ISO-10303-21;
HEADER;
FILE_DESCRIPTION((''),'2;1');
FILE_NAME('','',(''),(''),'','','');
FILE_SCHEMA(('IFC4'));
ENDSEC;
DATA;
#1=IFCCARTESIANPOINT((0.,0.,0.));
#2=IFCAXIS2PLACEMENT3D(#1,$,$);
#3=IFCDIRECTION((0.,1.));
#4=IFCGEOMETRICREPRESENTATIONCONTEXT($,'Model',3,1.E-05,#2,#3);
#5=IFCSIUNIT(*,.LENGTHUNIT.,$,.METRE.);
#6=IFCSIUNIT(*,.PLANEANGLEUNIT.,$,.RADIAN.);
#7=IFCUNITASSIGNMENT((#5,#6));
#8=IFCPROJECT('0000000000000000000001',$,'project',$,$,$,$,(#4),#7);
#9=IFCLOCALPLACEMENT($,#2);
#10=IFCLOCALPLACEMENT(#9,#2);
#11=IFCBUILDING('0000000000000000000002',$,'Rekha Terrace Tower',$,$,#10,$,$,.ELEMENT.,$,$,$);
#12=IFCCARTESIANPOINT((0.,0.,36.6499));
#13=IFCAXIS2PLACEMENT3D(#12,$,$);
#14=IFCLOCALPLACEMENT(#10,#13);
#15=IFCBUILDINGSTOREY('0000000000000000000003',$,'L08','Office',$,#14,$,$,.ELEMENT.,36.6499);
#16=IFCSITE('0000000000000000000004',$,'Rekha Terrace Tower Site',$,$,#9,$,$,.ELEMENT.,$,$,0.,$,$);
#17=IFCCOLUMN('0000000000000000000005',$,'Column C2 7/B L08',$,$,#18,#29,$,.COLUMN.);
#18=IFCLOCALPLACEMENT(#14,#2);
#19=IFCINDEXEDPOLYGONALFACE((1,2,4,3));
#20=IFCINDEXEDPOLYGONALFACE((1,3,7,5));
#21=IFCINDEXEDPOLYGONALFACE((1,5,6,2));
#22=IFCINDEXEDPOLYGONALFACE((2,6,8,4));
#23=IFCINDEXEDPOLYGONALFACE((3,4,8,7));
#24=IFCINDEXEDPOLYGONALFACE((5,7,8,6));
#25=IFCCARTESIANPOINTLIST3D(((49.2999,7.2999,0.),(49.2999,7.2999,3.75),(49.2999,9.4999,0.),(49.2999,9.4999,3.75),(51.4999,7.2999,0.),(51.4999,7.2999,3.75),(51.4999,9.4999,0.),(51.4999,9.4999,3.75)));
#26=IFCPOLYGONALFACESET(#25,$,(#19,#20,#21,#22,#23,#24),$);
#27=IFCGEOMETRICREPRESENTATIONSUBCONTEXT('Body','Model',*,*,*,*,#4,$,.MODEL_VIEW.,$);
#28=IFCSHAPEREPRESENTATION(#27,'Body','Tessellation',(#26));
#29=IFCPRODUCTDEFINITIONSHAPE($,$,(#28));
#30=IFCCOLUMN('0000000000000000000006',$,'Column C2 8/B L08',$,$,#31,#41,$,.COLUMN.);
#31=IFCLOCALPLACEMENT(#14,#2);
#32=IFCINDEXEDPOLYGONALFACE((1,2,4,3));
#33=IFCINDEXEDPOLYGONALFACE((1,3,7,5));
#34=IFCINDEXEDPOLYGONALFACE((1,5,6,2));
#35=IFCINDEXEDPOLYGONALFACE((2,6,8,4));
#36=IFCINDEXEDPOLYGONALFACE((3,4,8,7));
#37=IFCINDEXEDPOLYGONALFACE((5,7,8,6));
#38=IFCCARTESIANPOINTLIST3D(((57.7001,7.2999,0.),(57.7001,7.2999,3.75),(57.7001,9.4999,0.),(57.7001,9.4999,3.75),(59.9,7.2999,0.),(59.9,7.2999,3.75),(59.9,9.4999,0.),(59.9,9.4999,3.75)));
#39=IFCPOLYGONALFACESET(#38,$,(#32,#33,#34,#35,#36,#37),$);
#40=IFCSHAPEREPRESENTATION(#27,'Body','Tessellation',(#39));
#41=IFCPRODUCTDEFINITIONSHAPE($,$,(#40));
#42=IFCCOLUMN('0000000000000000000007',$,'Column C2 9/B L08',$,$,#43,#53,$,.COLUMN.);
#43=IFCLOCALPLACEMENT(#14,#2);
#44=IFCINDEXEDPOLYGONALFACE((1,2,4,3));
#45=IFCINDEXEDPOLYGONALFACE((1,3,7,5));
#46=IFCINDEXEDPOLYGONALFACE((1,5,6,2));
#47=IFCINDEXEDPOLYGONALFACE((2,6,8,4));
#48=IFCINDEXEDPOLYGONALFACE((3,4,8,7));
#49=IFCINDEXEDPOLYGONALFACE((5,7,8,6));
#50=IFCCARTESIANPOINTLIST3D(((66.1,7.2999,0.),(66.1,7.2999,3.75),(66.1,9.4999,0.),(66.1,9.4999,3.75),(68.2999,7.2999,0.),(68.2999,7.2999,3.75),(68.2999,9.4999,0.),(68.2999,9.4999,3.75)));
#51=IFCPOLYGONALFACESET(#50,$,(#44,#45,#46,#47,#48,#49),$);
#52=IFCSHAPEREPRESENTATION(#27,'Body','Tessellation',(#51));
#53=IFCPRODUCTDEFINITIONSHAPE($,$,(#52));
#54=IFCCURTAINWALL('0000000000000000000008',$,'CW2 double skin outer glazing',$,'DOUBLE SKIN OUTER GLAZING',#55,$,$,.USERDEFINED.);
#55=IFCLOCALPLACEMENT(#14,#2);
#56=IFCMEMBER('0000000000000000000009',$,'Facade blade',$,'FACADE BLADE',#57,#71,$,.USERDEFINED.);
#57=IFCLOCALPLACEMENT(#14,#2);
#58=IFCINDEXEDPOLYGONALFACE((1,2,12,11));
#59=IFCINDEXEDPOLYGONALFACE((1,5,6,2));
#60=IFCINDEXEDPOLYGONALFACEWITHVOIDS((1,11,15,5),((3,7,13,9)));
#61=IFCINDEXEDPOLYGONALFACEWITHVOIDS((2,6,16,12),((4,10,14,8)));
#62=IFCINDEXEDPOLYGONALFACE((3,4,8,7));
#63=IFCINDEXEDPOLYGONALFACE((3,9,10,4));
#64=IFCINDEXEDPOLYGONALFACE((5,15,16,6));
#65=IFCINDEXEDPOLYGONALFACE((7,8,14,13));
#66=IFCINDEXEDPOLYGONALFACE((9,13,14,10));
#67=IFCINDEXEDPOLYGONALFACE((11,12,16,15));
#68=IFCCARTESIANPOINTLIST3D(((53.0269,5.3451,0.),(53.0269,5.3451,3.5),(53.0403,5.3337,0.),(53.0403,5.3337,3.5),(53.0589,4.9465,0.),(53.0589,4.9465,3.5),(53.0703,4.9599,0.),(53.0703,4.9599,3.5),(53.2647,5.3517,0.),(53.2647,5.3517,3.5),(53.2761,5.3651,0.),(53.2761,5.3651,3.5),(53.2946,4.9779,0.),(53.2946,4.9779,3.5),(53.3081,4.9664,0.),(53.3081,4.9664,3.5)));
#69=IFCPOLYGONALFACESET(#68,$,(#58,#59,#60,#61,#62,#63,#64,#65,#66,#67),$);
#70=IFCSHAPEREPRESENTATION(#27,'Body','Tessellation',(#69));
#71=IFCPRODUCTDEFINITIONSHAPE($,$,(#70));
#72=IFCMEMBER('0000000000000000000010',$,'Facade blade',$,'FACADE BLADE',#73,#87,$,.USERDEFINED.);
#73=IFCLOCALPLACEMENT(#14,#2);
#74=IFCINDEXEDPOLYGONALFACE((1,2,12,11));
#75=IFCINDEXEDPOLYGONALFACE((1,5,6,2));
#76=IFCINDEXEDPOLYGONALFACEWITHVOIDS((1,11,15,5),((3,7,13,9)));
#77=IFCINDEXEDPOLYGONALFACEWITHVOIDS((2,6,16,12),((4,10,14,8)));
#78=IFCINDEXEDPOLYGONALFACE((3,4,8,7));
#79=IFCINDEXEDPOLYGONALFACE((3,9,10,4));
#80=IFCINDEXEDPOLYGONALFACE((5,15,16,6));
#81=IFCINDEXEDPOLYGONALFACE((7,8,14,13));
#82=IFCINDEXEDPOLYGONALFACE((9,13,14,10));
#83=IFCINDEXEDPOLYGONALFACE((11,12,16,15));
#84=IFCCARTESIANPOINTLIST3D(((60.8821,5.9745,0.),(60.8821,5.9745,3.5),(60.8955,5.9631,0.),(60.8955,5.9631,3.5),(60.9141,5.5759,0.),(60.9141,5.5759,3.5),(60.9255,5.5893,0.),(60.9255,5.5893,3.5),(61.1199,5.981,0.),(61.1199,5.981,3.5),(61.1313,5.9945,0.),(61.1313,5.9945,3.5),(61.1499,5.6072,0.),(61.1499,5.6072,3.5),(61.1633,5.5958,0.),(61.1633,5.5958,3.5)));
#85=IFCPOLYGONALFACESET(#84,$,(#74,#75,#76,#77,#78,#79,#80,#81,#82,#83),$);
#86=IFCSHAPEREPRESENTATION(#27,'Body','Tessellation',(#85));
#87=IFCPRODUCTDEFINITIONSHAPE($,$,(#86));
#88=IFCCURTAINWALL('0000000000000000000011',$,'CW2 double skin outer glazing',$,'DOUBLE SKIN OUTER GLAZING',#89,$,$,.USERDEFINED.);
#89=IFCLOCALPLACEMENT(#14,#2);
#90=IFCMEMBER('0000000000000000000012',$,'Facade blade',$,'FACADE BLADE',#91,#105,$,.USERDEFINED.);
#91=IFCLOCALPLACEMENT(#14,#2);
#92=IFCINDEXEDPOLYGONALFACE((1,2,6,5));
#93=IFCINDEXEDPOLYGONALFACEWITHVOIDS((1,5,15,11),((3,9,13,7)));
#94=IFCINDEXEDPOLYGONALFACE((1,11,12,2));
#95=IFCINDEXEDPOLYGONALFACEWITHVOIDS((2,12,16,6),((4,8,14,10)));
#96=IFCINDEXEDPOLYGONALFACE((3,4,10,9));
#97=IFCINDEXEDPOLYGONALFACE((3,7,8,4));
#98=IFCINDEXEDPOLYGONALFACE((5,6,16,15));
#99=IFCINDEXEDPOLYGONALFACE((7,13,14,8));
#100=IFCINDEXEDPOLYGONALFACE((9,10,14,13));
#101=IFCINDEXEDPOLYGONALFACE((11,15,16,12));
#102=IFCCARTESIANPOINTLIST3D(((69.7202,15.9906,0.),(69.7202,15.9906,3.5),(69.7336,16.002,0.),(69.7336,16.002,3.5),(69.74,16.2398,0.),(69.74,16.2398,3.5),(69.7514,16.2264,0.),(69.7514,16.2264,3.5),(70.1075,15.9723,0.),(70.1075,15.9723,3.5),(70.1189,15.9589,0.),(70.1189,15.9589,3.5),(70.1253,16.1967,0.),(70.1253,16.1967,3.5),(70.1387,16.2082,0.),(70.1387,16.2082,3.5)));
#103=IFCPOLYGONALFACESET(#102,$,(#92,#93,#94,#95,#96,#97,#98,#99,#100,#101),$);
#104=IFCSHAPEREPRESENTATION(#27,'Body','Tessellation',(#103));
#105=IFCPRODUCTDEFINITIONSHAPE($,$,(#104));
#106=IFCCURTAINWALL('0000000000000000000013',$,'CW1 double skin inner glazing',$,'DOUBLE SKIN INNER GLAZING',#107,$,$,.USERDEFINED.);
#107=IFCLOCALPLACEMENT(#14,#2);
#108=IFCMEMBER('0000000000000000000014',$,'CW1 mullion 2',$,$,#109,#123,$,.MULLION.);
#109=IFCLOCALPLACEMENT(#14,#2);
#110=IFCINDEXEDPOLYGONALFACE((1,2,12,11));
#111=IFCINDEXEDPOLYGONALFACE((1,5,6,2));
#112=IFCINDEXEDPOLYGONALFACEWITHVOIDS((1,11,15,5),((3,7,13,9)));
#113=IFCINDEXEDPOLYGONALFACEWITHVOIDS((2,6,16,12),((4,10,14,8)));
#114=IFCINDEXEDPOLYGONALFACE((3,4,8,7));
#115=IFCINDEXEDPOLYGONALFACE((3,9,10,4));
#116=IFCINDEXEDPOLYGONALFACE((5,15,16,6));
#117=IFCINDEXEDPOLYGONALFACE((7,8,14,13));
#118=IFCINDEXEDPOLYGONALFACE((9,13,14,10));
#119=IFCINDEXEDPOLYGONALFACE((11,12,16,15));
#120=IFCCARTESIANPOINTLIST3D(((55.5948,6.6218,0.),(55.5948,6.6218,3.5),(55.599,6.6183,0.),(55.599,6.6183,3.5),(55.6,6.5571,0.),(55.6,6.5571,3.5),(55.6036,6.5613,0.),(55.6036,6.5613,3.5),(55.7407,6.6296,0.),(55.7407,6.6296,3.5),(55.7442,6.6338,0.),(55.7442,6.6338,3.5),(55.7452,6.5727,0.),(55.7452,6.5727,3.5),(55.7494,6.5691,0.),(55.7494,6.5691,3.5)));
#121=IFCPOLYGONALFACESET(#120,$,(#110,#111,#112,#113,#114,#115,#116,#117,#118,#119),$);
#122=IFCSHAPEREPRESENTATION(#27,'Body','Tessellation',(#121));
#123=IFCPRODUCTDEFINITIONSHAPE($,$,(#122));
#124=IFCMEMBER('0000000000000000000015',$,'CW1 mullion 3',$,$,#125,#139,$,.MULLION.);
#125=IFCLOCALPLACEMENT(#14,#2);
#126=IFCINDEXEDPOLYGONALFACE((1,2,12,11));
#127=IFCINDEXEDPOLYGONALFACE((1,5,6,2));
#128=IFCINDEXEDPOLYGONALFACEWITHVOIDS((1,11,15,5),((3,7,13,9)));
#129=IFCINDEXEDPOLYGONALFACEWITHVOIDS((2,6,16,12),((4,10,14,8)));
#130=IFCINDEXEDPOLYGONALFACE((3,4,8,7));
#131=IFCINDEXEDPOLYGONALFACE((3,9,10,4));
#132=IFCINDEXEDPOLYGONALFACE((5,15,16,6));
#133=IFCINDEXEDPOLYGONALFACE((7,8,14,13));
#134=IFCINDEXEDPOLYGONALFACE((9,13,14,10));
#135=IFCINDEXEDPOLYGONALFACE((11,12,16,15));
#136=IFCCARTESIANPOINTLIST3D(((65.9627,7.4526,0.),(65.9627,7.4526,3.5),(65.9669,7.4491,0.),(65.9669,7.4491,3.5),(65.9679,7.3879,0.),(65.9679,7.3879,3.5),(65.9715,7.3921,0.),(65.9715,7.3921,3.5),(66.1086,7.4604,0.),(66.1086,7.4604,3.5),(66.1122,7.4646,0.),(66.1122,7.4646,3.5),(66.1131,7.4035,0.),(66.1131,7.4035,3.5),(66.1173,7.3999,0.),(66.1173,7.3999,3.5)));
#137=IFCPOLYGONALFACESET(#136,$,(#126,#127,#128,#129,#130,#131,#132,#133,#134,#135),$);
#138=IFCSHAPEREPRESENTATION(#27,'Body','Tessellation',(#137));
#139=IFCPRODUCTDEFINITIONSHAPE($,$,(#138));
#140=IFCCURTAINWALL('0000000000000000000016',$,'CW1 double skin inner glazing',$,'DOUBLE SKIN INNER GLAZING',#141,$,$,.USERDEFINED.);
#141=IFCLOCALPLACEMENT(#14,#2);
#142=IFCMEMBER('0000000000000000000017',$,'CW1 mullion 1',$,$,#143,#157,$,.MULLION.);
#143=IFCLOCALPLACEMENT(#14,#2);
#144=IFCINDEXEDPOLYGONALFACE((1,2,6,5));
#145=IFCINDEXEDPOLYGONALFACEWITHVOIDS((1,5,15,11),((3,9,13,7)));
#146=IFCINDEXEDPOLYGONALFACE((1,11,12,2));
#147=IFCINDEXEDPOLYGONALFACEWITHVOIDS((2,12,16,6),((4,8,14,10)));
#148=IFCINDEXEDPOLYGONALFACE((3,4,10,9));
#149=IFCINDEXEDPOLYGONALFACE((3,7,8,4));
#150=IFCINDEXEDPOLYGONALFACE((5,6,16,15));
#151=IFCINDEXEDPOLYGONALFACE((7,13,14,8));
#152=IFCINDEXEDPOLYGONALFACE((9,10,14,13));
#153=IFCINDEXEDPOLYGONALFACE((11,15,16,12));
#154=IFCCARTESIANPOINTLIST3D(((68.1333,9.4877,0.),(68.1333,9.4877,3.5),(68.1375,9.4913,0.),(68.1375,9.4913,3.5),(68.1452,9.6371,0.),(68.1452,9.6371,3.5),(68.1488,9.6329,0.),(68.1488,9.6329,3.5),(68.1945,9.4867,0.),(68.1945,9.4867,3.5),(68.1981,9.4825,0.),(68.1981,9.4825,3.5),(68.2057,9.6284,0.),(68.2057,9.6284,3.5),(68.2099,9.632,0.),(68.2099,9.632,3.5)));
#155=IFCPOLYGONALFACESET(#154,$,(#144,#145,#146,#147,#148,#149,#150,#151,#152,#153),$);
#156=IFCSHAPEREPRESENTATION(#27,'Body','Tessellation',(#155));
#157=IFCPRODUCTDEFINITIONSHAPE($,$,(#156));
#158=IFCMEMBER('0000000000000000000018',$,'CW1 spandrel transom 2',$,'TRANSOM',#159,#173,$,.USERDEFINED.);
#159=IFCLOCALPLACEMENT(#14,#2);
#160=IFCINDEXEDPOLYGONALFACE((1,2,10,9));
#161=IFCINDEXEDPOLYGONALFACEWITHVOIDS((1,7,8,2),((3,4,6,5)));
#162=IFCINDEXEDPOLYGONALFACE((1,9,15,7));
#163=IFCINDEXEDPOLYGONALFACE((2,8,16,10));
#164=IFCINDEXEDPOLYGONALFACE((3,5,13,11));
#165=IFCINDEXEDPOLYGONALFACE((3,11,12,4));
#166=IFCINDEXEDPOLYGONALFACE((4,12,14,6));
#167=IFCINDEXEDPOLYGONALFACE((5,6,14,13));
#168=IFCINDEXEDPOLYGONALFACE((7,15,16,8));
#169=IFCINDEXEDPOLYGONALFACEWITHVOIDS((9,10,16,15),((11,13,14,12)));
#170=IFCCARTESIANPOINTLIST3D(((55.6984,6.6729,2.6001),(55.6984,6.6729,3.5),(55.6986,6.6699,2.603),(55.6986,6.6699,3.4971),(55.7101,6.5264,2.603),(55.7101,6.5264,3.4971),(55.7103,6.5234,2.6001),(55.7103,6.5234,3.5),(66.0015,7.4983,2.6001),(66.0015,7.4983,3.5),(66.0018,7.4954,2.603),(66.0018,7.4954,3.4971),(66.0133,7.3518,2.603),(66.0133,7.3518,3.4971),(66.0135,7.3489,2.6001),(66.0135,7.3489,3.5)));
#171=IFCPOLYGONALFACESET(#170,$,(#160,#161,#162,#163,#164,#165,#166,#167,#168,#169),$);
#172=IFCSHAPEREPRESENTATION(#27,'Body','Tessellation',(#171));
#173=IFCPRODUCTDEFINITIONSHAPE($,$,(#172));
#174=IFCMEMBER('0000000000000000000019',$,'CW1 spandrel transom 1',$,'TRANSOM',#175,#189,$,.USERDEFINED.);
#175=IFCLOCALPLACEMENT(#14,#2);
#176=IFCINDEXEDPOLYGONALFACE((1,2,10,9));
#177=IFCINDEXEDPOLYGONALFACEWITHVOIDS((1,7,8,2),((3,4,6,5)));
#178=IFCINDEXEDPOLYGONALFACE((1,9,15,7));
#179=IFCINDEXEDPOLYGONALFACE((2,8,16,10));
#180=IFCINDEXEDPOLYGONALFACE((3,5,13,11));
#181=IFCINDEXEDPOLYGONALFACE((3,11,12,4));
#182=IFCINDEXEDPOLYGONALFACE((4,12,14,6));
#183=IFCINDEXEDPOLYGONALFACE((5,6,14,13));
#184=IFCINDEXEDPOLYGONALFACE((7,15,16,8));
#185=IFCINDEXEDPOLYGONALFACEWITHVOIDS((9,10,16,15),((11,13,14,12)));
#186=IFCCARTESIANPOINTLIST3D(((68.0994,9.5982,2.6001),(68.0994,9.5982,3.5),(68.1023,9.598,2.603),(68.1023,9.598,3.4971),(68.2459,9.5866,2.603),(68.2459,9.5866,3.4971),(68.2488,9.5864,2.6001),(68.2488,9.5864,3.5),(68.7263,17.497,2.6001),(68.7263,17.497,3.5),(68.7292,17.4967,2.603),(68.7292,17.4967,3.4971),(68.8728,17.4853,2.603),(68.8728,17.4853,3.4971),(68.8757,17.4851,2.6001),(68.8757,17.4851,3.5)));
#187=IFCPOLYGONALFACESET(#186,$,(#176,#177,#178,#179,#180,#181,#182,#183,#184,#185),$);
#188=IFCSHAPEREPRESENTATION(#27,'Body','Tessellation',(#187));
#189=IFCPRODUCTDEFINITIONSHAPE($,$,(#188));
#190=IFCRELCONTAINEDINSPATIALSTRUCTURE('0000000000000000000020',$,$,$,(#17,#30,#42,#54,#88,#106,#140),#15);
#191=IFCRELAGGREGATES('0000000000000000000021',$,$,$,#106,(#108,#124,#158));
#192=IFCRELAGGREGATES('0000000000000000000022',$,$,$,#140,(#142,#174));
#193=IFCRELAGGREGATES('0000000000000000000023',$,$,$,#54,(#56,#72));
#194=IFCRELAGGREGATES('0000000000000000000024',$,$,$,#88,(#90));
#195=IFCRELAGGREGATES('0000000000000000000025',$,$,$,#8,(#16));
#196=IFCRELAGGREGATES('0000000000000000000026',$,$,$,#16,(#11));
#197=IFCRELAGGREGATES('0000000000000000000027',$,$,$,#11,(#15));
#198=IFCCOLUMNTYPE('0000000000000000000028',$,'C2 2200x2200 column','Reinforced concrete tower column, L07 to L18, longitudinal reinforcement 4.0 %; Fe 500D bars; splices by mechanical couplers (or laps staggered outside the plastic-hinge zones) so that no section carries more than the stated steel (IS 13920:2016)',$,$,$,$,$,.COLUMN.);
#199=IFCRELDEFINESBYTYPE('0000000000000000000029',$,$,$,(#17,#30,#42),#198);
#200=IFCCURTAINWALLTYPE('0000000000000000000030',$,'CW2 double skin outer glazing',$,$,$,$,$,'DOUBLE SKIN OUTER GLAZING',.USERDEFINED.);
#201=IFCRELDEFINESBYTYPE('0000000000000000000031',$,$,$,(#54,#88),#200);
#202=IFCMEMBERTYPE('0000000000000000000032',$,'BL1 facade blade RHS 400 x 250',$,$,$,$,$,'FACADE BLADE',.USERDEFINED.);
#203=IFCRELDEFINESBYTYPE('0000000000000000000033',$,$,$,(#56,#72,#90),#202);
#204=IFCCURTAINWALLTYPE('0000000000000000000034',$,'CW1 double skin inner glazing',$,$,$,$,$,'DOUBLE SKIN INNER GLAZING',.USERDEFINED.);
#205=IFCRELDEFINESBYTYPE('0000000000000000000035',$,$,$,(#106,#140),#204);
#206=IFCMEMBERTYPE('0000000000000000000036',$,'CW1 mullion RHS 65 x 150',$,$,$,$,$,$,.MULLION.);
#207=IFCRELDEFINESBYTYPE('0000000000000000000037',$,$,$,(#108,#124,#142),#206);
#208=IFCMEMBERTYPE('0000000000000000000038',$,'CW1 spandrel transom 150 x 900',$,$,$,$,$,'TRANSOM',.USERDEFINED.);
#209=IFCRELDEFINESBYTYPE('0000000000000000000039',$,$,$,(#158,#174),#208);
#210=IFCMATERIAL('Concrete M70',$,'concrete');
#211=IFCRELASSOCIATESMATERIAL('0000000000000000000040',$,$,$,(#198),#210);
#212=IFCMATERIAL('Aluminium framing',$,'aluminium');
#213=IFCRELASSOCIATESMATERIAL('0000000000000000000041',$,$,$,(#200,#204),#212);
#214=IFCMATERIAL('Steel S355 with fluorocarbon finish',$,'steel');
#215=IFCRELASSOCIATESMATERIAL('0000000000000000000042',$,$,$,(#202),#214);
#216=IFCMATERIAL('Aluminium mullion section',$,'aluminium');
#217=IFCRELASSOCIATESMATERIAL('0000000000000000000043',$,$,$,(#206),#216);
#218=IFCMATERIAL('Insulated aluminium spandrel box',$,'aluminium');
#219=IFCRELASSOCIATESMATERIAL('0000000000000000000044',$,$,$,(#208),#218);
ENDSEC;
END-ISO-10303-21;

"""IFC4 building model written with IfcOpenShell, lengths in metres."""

from ifc_helpers import new_model, si_unit, direction, frame, origin, origin_2d, place, context, subcontext, project, spatial, rectangle, hollow_rectangle, extrude, material, material_profile, profile_set, type_object, element, aggregate, save


model = new_model("IFC4")

# Units and contexts
model_context = context("Model", 3, precision=1e-05, world=origin(), true_north=direction((0.0, 1.0)))
body_context = subcontext(model_context, "Body", "Model", "MODEL_VIEW")
ifc_project = project(units=[si_unit("LENGTHUNIT", "METRE"), si_unit("PLANEANGLEUNIT", "RADIAN")], contexts=[model_context])

# Site, building, storey
site_placement = place(None, origin())
site = spatial("IfcSite", under=ifc_project, at=site_placement, Name="Rekha Terrace Tower Site", CompositionType="ELEMENT", RefElevation=0.0)
building_placement = place(site_placement, origin())
building = spatial("IfcBuilding", under=site, at=building_placement, Name="Rekha Terrace Tower", CompositionType="ELEMENT")
storey_placement = place(building_placement, frame((0.0, 0.0, 36.6499)))
storey = spatial("IfcBuildingStorey", under=building, at=storey_placement, Name="L08", Description="Office", CompositionType="ELEMENT", Elevation=36.6499)

# Columns
ifc_material_1 = material(Name="Concrete M70", Category="concrete")
ifc_material_profile_1 = material_profile(ifc_material_1, rectangle(XDim=2.2, YDim=2.2, at=origin_2d()), Name="RC 2200x2200")
ifc_profile_set_1 = profile_set([ifc_material_profile_1], Name="Concrete M70")
column_type = type_object("IfcColumnType", Name="C2 2200x2200 column", Description="Reinforced concrete tower column, L07 to L18, longitudinal reinforcement 4.0 %; Fe 500D bars; splices by mechanical couplers (or laps staggered outside the plastic-hinge zones) so that no section carries more than the stated steel (IS 13920:2016)", PredefinedType="COLUMN", material=ifc_profile_set_1)
for number, where, z_axis, x_axis, name in (
    (1, (50.3999, 8.3999, 0.0), (0.0, 0.0, 1.0), (1.0, 0.0, 0.0), "Column C2 7/B L08"),
    (2, (58.8, 8.3999, 0.0), (0.0, 0.0, 1.0), (1.0, 0.0, 0.0), "Column C2 8/B L08"),
    (3, (67.2, 8.3999, 0.0), (0.0, 0.0, 1.0), (1.0, 0.0, 0.0), "Column C2 9/B L08"),
):
    element("IfcColumn", number, at=place(storey_placement, frame(where, z_axis=z_axis, x_axis=x_axis)), inside=storey, type_object=column_type, Name=name, PredefinedType="COLUMN", context=body_context, shape_type="SweptSolid", body=[
        extrude(rectangle(XDim=2.2, YDim=2.2, at=origin_2d()), origin(), (0.0, 0.0, 1.0), 3.75),
    ])

# Curtain wall, members
ifc_material_2 = material(Name="Aluminium framing", Category="aluminium")
curtain_wall_type_1 = type_object("IfcCurtainWallType", Name="CW2 double skin outer glazing", ElementType="DOUBLE SKIN OUTER GLAZING", PredefinedType="USERDEFINED", material=ifc_material_2)
curtain_wall_1_placement = place(storey_placement, origin())
curtain_wall_1 = element("IfcCurtainWall", 4, at=curtain_wall_1_placement, inside=storey, type_object=curtain_wall_type_1, Name="CW2 double skin outer glazing", ObjectType="DOUBLE SKIN OUTER GLAZING", PredefinedType="USERDEFINED")
ifc_material_3 = material(Name="Steel S355 with fluorocarbon finish", Category="steel")
ifc_material_profile_2 = material_profile(ifc_material_3, hollow_rectangle(XDim=0.25, YDim=0.3999, WallThickness=0.0125, at=origin_2d()), Name="RHS400x250x12.5")
ifc_profile_set_2 = profile_set([ifc_material_profile_2], Name="Steel S355 with fluorocarbon finish")
member_type_1 = type_object("IfcMemberType", Name="BL1 facade blade RHS 400 x 250", ElementType="FACADE BLADE", PredefinedType="USERDEFINED", material=ifc_profile_set_2)
member_1_placement = place(storey_placement, frame((53.1675, 5.1558, 0.0), z_axis=(0.0, 0.0, 1.0), x_axis=(0.996805, 0.079872, 0.0)))
member_1 = element("IfcMember", 5, at=member_1_placement, type_object=member_type_1, Name="Facade blade", ObjectType="FACADE BLADE", PredefinedType="USERDEFINED", context=body_context, shape_type="SweptSolid", body=[
    extrude(hollow_rectangle(XDim=0.25, YDim=0.3999, WallThickness=0.0125, at=origin_2d()), origin(), (0.0, 0.0, 1.0), 3.5),
])
member_2_placement = place(storey_placement, frame((61.0227, 5.7852, 0.0), z_axis=(0.0, 0.0, 1.0), x_axis=(0.996805, 0.079872, 0.0)))
member_2 = element("IfcMember", 6, at=member_2_placement, type_object=member_type_1, Name="Facade blade", ObjectType="FACADE BLADE", PredefinedType="USERDEFINED", context=body_context, shape_type="SweptSolid", body=[
    extrude(hollow_rectangle(XDim=0.25, YDim=0.3999, WallThickness=0.0125, at=origin_2d()), origin(), (0.0, 0.0, 1.0), 3.5),
])

# Curtain wall, member
curtain_wall_2_placement = place(storey_placement, origin())
curtain_wall_2 = element("IfcCurtainWall", 7, at=curtain_wall_2_placement, inside=storey, type_object=curtain_wall_type_1, Name="CW2 double skin outer glazing", ObjectType="DOUBLE SKIN OUTER GLAZING", PredefinedType="USERDEFINED")
member_3_placement = place(storey_placement, frame((69.9294, 16.0994, 0.0), z_axis=(0.0, 0.0, 1.0), x_axis=(0.079117, 0.996865, 0.0)))
member_3 = element("IfcMember", 8, at=member_3_placement, type_object=member_type_1, Name="Facade blade", ObjectType="FACADE BLADE", PredefinedType="USERDEFINED", context=body_context, shape_type="SweptSolid", body=[
    extrude(hollow_rectangle(XDim=0.25, YDim=0.3999, WallThickness=0.0125, at=origin_2d()), origin(), (0.0, 0.0, 1.0), 3.5),
])

# Curtain wall, members
curtain_wall_type_2 = type_object("IfcCurtainWallType", Name="CW1 double skin inner glazing", ElementType="DOUBLE SKIN INNER GLAZING", PredefinedType="USERDEFINED", material=ifc_material_2)
curtain_wall_3_placement = place(storey_placement, origin())
curtain_wall_3 = element("IfcCurtainWall", 9, at=curtain_wall_3_placement, inside=storey, type_object=curtain_wall_type_2, Name="CW1 double skin inner glazing", ObjectType="DOUBLE SKIN INNER GLAZING", PredefinedType="USERDEFINED")
ifc_material_4 = material(Name="Aluminium mullion section", Category="aluminium")
ifc_material_profile_3 = material_profile(ifc_material_4, hollow_rectangle(XDim=0.0649, YDim=0.1499, WallThickness=0.0039, at=origin_2d()), Name="AL RHS 65x150")
ifc_profile_set_3 = profile_set([ifc_material_profile_3], Name="Aluminium mullion section")
member_type_2 = type_object("IfcMemberType", Name="CW1 mullion RHS 65 x 150", PredefinedType="MULLION", material=ifc_profile_set_3)
member_4_placement = place(storey_placement, frame((55.6721, 6.5955, 0.0), z_axis=(0.0, 0.0, 1.0), x_axis=(-0.079872, 0.996805, 0.0)))
member_4 = element("IfcMember", 10, at=member_4_placement, type_object=member_type_2, Name="CW1 mullion 2", PredefinedType="MULLION", context=body_context, shape_type="SweptSolid", body=[
    extrude(hollow_rectangle(XDim=0.0649, YDim=0.1499, WallThickness=0.0039, at=origin_2d()), origin(), (0.0, 0.0, 1.0), 3.5),
])
member_5_placement = place(storey_placement, frame((66.04, 7.4263, 0.0), z_axis=(0.0, 0.0, 1.0), x_axis=(-0.079872, 0.996805, 0.0)))
member_5 = element("IfcMember", 11, at=member_5_placement, type_object=member_type_2, Name="CW1 mullion 3", PredefinedType="MULLION", context=body_context, shape_type="SweptSolid", body=[
    extrude(hollow_rectangle(XDim=0.0649, YDim=0.1499, WallThickness=0.0039, at=origin_2d()), origin(), (0.0, 0.0, 1.0), 3.5),
])

# Curtain wall, member
curtain_wall_4_placement = place(storey_placement, origin())
curtain_wall_4 = element("IfcCurtainWall", 12, at=curtain_wall_4_placement, inside=storey, type_object=curtain_wall_type_2, Name="CW1 double skin inner glazing", ObjectType="DOUBLE SKIN INNER GLAZING", PredefinedType="USERDEFINED")
member_6_placement = place(storey_placement, frame((68.1716, 9.5598, 0.0), z_axis=(0.0, 0.0, 1.0), x_axis=(-0.996865, 0.079116, 0.0)))
member_6 = element("IfcMember", 13, at=member_6_placement, type_object=member_type_2, Name="CW1 mullion 1", PredefinedType="MULLION", context=body_context, shape_type="SweptSolid", body=[
    extrude(hollow_rectangle(XDim=0.0649, YDim=0.1499, WallThickness=0.0039, at=origin_2d()), origin(), (0.0, 0.0, 1.0), 3.5),
])

# Members
ifc_material_5 = material(Name="Insulated aluminium spandrel box", Category="aluminium")
ifc_material_profile_4 = material_profile(ifc_material_5, hollow_rectangle(XDim=0.1499, YDim=0.8999, WallThickness=0.0029, at=origin_2d()), Name="AL SPANDREL BOX 150x900")
ifc_profile_set_4 = profile_set([ifc_material_profile_4], Name="Insulated aluminium spandrel box")
member_type_3 = type_object("IfcMemberType", Name="CW1 spandrel transom 150 x 900", ElementType="TRANSOM", PredefinedType="USERDEFINED", material=ifc_profile_set_4)
member_7_placement = place(storey_placement, frame((55.7043, 6.5981, 3.05), z_axis=(0.996806, 0.079859, 0.0), x_axis=(-0.079859, 0.996806, 0.0)))
member_7 = element("IfcMember", 14, at=member_7_placement, type_object=member_type_3, Name="CW1 spandrel transom 2", ObjectType="TRANSOM", PredefinedType="USERDEFINED", context=body_context, shape_type="SweptSolid", body=[
    extrude(hollow_rectangle(XDim=0.1499, YDim=0.8999, WallThickness=0.0029, at=origin_2d()), origin(), (0.0, 0.0, 1.0), 10.3362),
])
member_8_placement = place(storey_placement, frame((68.1741, 9.5923, 3.05), z_axis=(0.079126, 0.996865, 0.0), x_axis=(-0.996865, 0.079126, 0.0)))
member_8 = element("IfcMember", 15, at=member_8_placement, type_object=member_type_3, Name="CW1 spandrel transom 1", ObjectType="TRANSOM", PredefinedType="USERDEFINED", context=body_context, shape_type="SweptSolid", body=[
    extrude(hollow_rectangle(XDim=0.1499, YDim=0.8999, WallThickness=0.0029, at=origin_2d()), origin(), (0.0, 0.0, 1.0), 7.9236),
])

aggregate(curtain_wall_3, [member_4, member_5, member_7])
aggregate(curtain_wall_4, [member_6, member_8])
aggregate(curtain_wall_1, [member_1, member_2])
aggregate(curtain_wall_2, [member_3])

save(model, "model.ifc")
